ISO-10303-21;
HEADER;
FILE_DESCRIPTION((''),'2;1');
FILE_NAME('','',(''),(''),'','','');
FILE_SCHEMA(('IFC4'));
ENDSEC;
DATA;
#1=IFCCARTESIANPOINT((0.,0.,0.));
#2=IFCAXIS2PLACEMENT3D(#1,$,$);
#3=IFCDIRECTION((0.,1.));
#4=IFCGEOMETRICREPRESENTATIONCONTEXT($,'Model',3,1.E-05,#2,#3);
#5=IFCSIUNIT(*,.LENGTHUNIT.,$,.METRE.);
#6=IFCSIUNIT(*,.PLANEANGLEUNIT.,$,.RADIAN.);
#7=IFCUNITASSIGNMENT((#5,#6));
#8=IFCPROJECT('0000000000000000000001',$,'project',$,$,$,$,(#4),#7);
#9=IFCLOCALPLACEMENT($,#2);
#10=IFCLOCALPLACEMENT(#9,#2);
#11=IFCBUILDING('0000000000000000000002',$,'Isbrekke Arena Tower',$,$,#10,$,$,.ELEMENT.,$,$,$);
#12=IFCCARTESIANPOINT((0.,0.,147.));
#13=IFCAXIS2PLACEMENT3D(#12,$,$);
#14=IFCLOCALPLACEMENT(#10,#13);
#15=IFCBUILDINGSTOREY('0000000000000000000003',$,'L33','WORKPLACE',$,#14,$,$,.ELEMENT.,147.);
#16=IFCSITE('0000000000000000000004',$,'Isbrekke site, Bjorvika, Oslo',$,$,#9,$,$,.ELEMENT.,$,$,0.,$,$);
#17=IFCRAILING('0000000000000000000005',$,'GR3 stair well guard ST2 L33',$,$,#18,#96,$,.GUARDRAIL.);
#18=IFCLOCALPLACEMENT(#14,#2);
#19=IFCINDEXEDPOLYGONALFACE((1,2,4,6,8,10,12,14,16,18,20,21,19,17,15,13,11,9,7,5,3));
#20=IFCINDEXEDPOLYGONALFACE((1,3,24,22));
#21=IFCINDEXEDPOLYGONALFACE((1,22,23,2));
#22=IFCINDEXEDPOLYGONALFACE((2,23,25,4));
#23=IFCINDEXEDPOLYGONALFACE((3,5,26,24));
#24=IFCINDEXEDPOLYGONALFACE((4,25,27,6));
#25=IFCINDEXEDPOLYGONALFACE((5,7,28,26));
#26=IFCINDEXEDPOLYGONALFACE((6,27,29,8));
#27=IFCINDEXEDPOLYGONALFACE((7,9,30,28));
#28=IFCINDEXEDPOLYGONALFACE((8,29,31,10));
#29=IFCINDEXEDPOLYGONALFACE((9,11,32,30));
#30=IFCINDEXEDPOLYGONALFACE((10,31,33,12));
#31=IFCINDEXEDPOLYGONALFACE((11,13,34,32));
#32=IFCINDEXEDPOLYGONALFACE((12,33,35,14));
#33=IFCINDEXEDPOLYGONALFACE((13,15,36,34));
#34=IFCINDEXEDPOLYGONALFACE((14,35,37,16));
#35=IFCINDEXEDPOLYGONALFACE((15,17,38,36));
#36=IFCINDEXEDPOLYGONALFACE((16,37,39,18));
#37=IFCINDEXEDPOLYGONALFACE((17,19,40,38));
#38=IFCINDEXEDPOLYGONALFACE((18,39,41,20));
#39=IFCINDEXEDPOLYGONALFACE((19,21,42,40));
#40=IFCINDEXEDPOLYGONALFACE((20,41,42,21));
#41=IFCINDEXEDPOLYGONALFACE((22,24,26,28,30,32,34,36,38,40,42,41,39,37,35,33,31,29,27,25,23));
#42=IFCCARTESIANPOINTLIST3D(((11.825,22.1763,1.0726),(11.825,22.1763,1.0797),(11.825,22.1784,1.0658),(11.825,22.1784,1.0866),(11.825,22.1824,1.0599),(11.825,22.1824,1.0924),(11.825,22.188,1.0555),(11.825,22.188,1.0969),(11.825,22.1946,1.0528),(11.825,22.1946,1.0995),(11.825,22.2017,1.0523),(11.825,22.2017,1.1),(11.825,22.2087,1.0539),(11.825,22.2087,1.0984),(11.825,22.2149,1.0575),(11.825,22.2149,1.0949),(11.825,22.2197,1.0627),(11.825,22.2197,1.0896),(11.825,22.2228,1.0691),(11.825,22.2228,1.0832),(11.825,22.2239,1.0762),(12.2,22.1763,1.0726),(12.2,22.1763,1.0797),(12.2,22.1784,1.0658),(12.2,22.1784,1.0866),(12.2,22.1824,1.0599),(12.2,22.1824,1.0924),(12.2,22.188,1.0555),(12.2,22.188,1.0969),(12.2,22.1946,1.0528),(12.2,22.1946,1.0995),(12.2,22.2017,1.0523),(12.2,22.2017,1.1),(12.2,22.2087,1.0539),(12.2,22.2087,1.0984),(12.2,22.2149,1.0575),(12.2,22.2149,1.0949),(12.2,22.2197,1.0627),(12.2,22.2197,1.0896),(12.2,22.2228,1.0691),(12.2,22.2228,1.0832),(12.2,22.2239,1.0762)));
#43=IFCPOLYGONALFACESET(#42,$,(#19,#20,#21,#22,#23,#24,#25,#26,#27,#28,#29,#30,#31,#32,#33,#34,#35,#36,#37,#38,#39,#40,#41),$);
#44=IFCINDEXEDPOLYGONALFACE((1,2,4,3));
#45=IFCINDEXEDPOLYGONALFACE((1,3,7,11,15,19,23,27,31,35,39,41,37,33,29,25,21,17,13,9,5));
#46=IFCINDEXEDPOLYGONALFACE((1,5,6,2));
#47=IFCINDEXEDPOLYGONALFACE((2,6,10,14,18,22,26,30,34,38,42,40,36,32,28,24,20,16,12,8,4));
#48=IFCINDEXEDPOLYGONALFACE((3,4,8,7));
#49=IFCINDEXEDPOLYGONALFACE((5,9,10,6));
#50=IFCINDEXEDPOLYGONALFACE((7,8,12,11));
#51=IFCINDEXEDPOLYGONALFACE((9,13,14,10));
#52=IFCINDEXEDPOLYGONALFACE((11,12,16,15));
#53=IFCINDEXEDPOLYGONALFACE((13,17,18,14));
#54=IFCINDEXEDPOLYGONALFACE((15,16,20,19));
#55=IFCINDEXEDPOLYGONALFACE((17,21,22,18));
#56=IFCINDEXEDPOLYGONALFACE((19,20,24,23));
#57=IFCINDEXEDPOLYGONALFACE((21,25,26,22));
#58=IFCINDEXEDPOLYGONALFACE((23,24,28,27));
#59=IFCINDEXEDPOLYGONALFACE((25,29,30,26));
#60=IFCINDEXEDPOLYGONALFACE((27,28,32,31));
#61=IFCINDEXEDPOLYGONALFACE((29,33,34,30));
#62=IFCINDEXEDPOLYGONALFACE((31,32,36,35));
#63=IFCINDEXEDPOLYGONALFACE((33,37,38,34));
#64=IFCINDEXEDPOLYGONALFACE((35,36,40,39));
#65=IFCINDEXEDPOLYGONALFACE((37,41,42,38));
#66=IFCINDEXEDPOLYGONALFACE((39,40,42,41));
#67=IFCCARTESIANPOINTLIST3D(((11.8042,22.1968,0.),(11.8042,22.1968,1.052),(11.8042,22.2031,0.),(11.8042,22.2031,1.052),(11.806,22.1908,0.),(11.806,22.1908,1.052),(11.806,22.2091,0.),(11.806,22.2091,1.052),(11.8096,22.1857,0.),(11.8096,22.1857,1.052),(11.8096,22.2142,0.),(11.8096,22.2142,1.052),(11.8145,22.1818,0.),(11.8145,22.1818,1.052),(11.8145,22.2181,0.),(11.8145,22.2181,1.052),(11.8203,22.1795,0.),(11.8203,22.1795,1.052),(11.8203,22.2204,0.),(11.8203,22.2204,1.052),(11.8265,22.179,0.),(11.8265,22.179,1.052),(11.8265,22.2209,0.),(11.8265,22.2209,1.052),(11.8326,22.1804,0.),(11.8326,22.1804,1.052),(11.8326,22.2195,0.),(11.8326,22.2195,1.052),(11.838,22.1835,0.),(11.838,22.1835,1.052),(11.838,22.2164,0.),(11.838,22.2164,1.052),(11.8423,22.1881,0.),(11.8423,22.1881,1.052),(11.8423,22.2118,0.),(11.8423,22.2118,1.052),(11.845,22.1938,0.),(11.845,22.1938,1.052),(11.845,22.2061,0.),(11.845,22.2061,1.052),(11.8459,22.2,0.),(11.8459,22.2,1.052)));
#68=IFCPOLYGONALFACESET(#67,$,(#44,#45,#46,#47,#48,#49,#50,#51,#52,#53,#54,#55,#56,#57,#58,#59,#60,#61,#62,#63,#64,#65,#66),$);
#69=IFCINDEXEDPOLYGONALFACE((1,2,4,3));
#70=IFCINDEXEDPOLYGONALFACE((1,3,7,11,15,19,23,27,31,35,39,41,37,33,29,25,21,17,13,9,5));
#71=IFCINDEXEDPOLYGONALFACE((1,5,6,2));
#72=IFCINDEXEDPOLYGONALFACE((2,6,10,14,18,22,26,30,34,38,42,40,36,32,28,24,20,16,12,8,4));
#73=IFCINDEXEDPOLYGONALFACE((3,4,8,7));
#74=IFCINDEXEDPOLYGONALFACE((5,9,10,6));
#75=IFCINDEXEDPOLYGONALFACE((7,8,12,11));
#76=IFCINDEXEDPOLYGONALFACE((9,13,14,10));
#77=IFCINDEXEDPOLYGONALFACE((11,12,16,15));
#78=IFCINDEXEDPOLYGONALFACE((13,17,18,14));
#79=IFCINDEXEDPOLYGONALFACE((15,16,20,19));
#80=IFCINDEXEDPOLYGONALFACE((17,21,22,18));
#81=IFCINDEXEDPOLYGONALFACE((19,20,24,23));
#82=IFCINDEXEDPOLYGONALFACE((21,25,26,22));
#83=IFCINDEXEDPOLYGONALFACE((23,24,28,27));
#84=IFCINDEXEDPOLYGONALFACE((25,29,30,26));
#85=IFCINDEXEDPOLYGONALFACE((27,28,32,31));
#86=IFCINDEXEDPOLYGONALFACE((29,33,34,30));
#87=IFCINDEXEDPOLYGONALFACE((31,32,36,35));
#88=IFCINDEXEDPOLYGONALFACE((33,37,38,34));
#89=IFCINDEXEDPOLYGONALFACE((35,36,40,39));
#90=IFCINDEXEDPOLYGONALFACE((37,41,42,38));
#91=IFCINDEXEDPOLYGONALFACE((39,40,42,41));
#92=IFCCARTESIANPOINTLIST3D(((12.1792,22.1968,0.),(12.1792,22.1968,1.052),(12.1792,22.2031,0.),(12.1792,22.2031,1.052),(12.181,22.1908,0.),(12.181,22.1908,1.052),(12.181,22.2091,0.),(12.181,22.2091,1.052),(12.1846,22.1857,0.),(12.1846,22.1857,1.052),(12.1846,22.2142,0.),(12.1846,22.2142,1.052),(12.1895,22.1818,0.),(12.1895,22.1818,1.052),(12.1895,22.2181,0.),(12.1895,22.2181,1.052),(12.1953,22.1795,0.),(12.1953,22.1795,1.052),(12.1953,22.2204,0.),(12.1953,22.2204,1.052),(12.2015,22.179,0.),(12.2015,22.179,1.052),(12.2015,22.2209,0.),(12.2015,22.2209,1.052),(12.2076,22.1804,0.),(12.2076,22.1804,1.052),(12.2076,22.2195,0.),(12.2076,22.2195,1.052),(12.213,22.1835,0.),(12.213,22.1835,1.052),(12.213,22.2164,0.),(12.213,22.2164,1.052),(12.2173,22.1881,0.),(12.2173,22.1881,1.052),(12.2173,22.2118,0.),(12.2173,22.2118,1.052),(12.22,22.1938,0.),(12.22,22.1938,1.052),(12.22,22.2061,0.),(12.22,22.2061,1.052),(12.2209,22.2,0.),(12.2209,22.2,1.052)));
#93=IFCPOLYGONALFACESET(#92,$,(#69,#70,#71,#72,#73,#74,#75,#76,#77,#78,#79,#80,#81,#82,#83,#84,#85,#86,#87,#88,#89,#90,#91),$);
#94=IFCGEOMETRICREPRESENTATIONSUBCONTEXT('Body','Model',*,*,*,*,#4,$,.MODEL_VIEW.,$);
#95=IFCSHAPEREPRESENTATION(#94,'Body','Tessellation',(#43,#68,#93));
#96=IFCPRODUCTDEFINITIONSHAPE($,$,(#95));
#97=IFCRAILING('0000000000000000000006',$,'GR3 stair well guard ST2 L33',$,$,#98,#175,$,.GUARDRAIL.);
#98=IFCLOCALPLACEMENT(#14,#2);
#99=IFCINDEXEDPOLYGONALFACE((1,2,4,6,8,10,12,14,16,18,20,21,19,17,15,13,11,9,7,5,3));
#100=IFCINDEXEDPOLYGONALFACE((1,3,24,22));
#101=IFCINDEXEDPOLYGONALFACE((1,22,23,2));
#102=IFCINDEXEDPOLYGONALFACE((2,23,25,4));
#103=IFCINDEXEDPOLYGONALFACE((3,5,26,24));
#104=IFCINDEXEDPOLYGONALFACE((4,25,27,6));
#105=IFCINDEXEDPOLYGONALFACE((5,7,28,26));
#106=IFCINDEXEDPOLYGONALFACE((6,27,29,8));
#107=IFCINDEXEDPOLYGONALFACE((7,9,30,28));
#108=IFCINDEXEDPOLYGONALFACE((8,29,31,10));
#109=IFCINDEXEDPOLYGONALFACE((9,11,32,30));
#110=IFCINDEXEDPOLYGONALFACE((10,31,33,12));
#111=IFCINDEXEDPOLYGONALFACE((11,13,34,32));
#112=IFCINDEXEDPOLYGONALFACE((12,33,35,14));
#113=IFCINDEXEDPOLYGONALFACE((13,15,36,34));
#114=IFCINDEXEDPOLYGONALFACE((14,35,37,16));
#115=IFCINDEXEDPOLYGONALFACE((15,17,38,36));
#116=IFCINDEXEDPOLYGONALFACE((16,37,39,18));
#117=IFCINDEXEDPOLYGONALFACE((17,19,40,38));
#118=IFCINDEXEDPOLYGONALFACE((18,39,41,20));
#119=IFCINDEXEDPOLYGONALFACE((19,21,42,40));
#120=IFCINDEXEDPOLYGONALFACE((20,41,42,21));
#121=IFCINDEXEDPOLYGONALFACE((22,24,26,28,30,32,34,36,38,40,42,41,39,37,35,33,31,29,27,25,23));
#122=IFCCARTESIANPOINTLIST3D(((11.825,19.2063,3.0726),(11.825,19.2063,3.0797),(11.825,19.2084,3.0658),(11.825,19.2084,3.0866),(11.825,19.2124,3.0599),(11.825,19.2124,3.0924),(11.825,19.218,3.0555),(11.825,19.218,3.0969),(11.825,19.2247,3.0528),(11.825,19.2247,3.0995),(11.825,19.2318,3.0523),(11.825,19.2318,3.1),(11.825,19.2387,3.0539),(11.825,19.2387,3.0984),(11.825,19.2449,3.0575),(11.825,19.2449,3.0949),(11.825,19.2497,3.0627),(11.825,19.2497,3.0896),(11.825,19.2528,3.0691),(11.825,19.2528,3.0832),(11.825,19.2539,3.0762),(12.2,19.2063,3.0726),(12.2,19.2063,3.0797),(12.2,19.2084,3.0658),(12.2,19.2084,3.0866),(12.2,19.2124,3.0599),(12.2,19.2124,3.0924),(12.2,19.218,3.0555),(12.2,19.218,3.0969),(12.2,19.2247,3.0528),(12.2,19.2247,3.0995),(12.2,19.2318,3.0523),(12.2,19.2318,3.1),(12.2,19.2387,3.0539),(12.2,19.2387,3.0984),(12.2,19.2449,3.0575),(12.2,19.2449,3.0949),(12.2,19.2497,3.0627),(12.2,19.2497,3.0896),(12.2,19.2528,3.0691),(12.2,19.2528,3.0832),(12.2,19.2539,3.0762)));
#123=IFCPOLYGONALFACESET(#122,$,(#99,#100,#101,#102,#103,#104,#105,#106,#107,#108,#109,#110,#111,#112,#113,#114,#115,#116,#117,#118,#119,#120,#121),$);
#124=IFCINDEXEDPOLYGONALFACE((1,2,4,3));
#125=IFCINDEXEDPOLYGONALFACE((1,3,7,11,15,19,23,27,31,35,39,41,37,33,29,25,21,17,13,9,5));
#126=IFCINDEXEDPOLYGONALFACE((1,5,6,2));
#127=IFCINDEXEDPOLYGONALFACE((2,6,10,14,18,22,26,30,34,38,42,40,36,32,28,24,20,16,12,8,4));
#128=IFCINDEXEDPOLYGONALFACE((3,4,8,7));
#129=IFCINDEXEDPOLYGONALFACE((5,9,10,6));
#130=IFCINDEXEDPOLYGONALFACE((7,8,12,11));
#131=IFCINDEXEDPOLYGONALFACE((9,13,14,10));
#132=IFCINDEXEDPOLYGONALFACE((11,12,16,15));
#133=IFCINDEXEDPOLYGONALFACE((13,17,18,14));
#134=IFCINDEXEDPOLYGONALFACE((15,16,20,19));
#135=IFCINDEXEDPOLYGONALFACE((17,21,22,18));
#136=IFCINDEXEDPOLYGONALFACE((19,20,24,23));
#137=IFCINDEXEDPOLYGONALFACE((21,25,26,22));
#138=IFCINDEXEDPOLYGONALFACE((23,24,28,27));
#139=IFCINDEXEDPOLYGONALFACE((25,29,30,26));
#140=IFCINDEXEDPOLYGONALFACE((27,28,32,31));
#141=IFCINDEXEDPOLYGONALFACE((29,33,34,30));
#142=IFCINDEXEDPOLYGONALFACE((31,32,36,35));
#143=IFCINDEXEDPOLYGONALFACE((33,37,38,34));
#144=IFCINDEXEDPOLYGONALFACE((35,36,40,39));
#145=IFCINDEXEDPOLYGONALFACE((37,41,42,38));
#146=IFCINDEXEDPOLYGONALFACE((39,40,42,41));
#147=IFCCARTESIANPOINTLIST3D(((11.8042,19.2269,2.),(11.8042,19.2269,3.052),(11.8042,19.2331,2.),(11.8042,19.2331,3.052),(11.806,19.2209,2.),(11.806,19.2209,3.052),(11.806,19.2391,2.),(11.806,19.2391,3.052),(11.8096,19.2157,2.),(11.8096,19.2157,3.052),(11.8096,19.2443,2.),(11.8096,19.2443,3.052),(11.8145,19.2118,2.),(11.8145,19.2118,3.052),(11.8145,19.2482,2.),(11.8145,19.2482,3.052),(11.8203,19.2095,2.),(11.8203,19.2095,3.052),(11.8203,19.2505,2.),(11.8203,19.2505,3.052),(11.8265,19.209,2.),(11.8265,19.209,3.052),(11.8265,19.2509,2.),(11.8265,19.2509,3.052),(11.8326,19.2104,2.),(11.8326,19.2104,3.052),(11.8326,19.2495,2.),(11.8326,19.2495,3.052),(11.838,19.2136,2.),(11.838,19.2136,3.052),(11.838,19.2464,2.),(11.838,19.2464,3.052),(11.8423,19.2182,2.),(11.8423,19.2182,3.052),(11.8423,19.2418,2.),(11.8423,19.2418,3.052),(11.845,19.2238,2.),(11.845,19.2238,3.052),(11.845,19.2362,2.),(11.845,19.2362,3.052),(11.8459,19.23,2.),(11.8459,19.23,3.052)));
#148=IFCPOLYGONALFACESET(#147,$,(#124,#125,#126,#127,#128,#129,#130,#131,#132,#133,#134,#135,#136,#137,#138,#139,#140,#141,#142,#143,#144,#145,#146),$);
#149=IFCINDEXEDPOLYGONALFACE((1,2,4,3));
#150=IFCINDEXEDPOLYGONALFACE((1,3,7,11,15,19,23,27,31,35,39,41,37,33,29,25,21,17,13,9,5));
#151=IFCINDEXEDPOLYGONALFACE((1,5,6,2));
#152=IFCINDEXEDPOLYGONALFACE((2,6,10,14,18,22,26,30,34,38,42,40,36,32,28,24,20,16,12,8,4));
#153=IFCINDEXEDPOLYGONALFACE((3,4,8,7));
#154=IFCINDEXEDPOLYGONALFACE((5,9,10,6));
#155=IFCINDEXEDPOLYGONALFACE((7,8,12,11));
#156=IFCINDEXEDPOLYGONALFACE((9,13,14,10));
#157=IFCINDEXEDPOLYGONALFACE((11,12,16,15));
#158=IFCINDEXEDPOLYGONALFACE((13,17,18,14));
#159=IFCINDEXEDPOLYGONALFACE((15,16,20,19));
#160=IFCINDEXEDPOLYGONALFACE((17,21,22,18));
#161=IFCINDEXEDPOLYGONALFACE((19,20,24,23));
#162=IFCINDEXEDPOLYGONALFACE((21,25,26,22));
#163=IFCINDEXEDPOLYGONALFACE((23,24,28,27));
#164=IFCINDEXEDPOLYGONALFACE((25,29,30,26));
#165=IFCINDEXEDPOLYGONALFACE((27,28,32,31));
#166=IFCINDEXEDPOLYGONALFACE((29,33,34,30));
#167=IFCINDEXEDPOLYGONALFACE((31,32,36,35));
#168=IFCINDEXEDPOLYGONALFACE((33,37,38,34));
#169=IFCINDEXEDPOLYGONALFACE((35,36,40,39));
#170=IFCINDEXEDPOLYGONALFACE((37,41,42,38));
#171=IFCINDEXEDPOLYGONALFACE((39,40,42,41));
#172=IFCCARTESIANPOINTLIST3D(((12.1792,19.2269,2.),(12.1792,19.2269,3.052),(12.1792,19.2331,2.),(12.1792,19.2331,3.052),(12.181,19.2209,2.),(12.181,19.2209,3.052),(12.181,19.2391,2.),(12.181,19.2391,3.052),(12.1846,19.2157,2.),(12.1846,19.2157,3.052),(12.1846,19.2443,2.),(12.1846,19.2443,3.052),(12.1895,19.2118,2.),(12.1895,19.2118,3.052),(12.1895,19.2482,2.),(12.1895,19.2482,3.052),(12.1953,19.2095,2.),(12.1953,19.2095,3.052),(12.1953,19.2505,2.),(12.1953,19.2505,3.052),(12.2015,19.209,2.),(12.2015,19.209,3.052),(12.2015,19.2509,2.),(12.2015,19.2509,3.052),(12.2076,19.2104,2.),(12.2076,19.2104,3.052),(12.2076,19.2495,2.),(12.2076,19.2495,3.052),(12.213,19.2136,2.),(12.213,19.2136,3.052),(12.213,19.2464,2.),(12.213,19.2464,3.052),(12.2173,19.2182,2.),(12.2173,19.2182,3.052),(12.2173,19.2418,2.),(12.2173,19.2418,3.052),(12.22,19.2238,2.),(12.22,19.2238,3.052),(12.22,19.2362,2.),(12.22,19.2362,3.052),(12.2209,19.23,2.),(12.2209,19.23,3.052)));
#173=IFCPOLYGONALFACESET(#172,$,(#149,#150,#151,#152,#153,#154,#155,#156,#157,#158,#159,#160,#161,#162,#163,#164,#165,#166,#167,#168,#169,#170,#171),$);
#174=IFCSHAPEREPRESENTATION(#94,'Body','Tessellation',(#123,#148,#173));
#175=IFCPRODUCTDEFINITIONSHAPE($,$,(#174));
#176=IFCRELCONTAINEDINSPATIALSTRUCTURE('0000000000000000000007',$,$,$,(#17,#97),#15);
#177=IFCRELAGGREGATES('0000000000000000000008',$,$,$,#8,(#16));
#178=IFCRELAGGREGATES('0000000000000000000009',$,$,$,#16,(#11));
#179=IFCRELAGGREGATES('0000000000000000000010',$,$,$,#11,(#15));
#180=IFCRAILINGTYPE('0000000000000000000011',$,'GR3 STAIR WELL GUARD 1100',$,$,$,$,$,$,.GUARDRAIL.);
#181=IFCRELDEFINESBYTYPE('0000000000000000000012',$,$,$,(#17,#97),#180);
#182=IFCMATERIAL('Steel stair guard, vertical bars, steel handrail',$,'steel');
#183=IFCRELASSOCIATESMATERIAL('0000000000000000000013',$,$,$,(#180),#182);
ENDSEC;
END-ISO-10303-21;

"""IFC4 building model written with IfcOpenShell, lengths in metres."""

from ifc_helpers import new_model, si_unit, direction, frame, origin, origin_2d, place, context, subcontext, project, spatial, circle, extrude, material, type_object, element, save


model = new_model("IFC4")

# Units and contexts
model_context = context("Model", 3, precision=1e-05, world=origin(), true_north=direction((0.0, 1.0)))
body_context = subcontext(model_context, "Body", "Model", "MODEL_VIEW")
ifc_project = project(units=[si_unit("LENGTHUNIT", "METRE"), si_unit("PLANEANGLEUNIT", "RADIAN")], contexts=[model_context])

# Site, building, storey
site_placement = place(None, origin())
site = spatial("IfcSite", under=ifc_project, at=site_placement, Name="Isbrekke site, Bjorvika, Oslo", CompositionType="ELEMENT", RefElevation=0.0)
building_placement = place(site_placement, origin())
building = spatial("IfcBuilding", under=site, at=building_placement, Name="Isbrekke Arena Tower", CompositionType="ELEMENT")
storey_placement = place(building_placement, frame((0.0, 0.0, 147.0)))
storey = spatial("IfcBuildingStorey", under=building, at=storey_placement, Name="L33", Description="WORKPLACE", CompositionType="ELEMENT", Elevation=147.0)

# Railings
ifc_material_1 = material(Name="Steel stair guard, vertical bars, steel handrail", Category="steel")
railing_type = type_object("IfcRailingType", Name="GR3 STAIR WELL GUARD 1100", PredefinedType="GUARDRAIL", material=ifc_material_1)
for number, where, name in (
    (1, (11.825, 22.2, 0.0), "GR3 stair well guard ST2 L33"),
    (2, (11.825, 19.23, 2.0), "GR3 stair well guard ST2 L33"),
):
    element("IfcRailing", number, at=place(storey_placement, frame(where)), inside=storey, type_object=railing_type, Name=name, PredefinedType="GUARDRAIL", context=body_context, shape_type="SweptSolid", body=[
        extrude(circle(Radius=0.0239, at=origin_2d()), frame((0.0, 0.0, 1.0762), z_axis=(1.0, 0.0, 0.0), x_axis=(0.0, 1.0, 0.0)), (0.0, 0.0, 1.0), 0.375),
        extrude(circle(Radius=0.021, at=origin_2d()), origin(), (0.0, 0.0, 1.0), 1.052),
        extrude(circle(Radius=0.021, at=origin_2d()), frame((0.375, 0.0, 0.0)), (0.0, 0.0, 1.0), 1.052),
    ])

save(model, "model.ifc")
